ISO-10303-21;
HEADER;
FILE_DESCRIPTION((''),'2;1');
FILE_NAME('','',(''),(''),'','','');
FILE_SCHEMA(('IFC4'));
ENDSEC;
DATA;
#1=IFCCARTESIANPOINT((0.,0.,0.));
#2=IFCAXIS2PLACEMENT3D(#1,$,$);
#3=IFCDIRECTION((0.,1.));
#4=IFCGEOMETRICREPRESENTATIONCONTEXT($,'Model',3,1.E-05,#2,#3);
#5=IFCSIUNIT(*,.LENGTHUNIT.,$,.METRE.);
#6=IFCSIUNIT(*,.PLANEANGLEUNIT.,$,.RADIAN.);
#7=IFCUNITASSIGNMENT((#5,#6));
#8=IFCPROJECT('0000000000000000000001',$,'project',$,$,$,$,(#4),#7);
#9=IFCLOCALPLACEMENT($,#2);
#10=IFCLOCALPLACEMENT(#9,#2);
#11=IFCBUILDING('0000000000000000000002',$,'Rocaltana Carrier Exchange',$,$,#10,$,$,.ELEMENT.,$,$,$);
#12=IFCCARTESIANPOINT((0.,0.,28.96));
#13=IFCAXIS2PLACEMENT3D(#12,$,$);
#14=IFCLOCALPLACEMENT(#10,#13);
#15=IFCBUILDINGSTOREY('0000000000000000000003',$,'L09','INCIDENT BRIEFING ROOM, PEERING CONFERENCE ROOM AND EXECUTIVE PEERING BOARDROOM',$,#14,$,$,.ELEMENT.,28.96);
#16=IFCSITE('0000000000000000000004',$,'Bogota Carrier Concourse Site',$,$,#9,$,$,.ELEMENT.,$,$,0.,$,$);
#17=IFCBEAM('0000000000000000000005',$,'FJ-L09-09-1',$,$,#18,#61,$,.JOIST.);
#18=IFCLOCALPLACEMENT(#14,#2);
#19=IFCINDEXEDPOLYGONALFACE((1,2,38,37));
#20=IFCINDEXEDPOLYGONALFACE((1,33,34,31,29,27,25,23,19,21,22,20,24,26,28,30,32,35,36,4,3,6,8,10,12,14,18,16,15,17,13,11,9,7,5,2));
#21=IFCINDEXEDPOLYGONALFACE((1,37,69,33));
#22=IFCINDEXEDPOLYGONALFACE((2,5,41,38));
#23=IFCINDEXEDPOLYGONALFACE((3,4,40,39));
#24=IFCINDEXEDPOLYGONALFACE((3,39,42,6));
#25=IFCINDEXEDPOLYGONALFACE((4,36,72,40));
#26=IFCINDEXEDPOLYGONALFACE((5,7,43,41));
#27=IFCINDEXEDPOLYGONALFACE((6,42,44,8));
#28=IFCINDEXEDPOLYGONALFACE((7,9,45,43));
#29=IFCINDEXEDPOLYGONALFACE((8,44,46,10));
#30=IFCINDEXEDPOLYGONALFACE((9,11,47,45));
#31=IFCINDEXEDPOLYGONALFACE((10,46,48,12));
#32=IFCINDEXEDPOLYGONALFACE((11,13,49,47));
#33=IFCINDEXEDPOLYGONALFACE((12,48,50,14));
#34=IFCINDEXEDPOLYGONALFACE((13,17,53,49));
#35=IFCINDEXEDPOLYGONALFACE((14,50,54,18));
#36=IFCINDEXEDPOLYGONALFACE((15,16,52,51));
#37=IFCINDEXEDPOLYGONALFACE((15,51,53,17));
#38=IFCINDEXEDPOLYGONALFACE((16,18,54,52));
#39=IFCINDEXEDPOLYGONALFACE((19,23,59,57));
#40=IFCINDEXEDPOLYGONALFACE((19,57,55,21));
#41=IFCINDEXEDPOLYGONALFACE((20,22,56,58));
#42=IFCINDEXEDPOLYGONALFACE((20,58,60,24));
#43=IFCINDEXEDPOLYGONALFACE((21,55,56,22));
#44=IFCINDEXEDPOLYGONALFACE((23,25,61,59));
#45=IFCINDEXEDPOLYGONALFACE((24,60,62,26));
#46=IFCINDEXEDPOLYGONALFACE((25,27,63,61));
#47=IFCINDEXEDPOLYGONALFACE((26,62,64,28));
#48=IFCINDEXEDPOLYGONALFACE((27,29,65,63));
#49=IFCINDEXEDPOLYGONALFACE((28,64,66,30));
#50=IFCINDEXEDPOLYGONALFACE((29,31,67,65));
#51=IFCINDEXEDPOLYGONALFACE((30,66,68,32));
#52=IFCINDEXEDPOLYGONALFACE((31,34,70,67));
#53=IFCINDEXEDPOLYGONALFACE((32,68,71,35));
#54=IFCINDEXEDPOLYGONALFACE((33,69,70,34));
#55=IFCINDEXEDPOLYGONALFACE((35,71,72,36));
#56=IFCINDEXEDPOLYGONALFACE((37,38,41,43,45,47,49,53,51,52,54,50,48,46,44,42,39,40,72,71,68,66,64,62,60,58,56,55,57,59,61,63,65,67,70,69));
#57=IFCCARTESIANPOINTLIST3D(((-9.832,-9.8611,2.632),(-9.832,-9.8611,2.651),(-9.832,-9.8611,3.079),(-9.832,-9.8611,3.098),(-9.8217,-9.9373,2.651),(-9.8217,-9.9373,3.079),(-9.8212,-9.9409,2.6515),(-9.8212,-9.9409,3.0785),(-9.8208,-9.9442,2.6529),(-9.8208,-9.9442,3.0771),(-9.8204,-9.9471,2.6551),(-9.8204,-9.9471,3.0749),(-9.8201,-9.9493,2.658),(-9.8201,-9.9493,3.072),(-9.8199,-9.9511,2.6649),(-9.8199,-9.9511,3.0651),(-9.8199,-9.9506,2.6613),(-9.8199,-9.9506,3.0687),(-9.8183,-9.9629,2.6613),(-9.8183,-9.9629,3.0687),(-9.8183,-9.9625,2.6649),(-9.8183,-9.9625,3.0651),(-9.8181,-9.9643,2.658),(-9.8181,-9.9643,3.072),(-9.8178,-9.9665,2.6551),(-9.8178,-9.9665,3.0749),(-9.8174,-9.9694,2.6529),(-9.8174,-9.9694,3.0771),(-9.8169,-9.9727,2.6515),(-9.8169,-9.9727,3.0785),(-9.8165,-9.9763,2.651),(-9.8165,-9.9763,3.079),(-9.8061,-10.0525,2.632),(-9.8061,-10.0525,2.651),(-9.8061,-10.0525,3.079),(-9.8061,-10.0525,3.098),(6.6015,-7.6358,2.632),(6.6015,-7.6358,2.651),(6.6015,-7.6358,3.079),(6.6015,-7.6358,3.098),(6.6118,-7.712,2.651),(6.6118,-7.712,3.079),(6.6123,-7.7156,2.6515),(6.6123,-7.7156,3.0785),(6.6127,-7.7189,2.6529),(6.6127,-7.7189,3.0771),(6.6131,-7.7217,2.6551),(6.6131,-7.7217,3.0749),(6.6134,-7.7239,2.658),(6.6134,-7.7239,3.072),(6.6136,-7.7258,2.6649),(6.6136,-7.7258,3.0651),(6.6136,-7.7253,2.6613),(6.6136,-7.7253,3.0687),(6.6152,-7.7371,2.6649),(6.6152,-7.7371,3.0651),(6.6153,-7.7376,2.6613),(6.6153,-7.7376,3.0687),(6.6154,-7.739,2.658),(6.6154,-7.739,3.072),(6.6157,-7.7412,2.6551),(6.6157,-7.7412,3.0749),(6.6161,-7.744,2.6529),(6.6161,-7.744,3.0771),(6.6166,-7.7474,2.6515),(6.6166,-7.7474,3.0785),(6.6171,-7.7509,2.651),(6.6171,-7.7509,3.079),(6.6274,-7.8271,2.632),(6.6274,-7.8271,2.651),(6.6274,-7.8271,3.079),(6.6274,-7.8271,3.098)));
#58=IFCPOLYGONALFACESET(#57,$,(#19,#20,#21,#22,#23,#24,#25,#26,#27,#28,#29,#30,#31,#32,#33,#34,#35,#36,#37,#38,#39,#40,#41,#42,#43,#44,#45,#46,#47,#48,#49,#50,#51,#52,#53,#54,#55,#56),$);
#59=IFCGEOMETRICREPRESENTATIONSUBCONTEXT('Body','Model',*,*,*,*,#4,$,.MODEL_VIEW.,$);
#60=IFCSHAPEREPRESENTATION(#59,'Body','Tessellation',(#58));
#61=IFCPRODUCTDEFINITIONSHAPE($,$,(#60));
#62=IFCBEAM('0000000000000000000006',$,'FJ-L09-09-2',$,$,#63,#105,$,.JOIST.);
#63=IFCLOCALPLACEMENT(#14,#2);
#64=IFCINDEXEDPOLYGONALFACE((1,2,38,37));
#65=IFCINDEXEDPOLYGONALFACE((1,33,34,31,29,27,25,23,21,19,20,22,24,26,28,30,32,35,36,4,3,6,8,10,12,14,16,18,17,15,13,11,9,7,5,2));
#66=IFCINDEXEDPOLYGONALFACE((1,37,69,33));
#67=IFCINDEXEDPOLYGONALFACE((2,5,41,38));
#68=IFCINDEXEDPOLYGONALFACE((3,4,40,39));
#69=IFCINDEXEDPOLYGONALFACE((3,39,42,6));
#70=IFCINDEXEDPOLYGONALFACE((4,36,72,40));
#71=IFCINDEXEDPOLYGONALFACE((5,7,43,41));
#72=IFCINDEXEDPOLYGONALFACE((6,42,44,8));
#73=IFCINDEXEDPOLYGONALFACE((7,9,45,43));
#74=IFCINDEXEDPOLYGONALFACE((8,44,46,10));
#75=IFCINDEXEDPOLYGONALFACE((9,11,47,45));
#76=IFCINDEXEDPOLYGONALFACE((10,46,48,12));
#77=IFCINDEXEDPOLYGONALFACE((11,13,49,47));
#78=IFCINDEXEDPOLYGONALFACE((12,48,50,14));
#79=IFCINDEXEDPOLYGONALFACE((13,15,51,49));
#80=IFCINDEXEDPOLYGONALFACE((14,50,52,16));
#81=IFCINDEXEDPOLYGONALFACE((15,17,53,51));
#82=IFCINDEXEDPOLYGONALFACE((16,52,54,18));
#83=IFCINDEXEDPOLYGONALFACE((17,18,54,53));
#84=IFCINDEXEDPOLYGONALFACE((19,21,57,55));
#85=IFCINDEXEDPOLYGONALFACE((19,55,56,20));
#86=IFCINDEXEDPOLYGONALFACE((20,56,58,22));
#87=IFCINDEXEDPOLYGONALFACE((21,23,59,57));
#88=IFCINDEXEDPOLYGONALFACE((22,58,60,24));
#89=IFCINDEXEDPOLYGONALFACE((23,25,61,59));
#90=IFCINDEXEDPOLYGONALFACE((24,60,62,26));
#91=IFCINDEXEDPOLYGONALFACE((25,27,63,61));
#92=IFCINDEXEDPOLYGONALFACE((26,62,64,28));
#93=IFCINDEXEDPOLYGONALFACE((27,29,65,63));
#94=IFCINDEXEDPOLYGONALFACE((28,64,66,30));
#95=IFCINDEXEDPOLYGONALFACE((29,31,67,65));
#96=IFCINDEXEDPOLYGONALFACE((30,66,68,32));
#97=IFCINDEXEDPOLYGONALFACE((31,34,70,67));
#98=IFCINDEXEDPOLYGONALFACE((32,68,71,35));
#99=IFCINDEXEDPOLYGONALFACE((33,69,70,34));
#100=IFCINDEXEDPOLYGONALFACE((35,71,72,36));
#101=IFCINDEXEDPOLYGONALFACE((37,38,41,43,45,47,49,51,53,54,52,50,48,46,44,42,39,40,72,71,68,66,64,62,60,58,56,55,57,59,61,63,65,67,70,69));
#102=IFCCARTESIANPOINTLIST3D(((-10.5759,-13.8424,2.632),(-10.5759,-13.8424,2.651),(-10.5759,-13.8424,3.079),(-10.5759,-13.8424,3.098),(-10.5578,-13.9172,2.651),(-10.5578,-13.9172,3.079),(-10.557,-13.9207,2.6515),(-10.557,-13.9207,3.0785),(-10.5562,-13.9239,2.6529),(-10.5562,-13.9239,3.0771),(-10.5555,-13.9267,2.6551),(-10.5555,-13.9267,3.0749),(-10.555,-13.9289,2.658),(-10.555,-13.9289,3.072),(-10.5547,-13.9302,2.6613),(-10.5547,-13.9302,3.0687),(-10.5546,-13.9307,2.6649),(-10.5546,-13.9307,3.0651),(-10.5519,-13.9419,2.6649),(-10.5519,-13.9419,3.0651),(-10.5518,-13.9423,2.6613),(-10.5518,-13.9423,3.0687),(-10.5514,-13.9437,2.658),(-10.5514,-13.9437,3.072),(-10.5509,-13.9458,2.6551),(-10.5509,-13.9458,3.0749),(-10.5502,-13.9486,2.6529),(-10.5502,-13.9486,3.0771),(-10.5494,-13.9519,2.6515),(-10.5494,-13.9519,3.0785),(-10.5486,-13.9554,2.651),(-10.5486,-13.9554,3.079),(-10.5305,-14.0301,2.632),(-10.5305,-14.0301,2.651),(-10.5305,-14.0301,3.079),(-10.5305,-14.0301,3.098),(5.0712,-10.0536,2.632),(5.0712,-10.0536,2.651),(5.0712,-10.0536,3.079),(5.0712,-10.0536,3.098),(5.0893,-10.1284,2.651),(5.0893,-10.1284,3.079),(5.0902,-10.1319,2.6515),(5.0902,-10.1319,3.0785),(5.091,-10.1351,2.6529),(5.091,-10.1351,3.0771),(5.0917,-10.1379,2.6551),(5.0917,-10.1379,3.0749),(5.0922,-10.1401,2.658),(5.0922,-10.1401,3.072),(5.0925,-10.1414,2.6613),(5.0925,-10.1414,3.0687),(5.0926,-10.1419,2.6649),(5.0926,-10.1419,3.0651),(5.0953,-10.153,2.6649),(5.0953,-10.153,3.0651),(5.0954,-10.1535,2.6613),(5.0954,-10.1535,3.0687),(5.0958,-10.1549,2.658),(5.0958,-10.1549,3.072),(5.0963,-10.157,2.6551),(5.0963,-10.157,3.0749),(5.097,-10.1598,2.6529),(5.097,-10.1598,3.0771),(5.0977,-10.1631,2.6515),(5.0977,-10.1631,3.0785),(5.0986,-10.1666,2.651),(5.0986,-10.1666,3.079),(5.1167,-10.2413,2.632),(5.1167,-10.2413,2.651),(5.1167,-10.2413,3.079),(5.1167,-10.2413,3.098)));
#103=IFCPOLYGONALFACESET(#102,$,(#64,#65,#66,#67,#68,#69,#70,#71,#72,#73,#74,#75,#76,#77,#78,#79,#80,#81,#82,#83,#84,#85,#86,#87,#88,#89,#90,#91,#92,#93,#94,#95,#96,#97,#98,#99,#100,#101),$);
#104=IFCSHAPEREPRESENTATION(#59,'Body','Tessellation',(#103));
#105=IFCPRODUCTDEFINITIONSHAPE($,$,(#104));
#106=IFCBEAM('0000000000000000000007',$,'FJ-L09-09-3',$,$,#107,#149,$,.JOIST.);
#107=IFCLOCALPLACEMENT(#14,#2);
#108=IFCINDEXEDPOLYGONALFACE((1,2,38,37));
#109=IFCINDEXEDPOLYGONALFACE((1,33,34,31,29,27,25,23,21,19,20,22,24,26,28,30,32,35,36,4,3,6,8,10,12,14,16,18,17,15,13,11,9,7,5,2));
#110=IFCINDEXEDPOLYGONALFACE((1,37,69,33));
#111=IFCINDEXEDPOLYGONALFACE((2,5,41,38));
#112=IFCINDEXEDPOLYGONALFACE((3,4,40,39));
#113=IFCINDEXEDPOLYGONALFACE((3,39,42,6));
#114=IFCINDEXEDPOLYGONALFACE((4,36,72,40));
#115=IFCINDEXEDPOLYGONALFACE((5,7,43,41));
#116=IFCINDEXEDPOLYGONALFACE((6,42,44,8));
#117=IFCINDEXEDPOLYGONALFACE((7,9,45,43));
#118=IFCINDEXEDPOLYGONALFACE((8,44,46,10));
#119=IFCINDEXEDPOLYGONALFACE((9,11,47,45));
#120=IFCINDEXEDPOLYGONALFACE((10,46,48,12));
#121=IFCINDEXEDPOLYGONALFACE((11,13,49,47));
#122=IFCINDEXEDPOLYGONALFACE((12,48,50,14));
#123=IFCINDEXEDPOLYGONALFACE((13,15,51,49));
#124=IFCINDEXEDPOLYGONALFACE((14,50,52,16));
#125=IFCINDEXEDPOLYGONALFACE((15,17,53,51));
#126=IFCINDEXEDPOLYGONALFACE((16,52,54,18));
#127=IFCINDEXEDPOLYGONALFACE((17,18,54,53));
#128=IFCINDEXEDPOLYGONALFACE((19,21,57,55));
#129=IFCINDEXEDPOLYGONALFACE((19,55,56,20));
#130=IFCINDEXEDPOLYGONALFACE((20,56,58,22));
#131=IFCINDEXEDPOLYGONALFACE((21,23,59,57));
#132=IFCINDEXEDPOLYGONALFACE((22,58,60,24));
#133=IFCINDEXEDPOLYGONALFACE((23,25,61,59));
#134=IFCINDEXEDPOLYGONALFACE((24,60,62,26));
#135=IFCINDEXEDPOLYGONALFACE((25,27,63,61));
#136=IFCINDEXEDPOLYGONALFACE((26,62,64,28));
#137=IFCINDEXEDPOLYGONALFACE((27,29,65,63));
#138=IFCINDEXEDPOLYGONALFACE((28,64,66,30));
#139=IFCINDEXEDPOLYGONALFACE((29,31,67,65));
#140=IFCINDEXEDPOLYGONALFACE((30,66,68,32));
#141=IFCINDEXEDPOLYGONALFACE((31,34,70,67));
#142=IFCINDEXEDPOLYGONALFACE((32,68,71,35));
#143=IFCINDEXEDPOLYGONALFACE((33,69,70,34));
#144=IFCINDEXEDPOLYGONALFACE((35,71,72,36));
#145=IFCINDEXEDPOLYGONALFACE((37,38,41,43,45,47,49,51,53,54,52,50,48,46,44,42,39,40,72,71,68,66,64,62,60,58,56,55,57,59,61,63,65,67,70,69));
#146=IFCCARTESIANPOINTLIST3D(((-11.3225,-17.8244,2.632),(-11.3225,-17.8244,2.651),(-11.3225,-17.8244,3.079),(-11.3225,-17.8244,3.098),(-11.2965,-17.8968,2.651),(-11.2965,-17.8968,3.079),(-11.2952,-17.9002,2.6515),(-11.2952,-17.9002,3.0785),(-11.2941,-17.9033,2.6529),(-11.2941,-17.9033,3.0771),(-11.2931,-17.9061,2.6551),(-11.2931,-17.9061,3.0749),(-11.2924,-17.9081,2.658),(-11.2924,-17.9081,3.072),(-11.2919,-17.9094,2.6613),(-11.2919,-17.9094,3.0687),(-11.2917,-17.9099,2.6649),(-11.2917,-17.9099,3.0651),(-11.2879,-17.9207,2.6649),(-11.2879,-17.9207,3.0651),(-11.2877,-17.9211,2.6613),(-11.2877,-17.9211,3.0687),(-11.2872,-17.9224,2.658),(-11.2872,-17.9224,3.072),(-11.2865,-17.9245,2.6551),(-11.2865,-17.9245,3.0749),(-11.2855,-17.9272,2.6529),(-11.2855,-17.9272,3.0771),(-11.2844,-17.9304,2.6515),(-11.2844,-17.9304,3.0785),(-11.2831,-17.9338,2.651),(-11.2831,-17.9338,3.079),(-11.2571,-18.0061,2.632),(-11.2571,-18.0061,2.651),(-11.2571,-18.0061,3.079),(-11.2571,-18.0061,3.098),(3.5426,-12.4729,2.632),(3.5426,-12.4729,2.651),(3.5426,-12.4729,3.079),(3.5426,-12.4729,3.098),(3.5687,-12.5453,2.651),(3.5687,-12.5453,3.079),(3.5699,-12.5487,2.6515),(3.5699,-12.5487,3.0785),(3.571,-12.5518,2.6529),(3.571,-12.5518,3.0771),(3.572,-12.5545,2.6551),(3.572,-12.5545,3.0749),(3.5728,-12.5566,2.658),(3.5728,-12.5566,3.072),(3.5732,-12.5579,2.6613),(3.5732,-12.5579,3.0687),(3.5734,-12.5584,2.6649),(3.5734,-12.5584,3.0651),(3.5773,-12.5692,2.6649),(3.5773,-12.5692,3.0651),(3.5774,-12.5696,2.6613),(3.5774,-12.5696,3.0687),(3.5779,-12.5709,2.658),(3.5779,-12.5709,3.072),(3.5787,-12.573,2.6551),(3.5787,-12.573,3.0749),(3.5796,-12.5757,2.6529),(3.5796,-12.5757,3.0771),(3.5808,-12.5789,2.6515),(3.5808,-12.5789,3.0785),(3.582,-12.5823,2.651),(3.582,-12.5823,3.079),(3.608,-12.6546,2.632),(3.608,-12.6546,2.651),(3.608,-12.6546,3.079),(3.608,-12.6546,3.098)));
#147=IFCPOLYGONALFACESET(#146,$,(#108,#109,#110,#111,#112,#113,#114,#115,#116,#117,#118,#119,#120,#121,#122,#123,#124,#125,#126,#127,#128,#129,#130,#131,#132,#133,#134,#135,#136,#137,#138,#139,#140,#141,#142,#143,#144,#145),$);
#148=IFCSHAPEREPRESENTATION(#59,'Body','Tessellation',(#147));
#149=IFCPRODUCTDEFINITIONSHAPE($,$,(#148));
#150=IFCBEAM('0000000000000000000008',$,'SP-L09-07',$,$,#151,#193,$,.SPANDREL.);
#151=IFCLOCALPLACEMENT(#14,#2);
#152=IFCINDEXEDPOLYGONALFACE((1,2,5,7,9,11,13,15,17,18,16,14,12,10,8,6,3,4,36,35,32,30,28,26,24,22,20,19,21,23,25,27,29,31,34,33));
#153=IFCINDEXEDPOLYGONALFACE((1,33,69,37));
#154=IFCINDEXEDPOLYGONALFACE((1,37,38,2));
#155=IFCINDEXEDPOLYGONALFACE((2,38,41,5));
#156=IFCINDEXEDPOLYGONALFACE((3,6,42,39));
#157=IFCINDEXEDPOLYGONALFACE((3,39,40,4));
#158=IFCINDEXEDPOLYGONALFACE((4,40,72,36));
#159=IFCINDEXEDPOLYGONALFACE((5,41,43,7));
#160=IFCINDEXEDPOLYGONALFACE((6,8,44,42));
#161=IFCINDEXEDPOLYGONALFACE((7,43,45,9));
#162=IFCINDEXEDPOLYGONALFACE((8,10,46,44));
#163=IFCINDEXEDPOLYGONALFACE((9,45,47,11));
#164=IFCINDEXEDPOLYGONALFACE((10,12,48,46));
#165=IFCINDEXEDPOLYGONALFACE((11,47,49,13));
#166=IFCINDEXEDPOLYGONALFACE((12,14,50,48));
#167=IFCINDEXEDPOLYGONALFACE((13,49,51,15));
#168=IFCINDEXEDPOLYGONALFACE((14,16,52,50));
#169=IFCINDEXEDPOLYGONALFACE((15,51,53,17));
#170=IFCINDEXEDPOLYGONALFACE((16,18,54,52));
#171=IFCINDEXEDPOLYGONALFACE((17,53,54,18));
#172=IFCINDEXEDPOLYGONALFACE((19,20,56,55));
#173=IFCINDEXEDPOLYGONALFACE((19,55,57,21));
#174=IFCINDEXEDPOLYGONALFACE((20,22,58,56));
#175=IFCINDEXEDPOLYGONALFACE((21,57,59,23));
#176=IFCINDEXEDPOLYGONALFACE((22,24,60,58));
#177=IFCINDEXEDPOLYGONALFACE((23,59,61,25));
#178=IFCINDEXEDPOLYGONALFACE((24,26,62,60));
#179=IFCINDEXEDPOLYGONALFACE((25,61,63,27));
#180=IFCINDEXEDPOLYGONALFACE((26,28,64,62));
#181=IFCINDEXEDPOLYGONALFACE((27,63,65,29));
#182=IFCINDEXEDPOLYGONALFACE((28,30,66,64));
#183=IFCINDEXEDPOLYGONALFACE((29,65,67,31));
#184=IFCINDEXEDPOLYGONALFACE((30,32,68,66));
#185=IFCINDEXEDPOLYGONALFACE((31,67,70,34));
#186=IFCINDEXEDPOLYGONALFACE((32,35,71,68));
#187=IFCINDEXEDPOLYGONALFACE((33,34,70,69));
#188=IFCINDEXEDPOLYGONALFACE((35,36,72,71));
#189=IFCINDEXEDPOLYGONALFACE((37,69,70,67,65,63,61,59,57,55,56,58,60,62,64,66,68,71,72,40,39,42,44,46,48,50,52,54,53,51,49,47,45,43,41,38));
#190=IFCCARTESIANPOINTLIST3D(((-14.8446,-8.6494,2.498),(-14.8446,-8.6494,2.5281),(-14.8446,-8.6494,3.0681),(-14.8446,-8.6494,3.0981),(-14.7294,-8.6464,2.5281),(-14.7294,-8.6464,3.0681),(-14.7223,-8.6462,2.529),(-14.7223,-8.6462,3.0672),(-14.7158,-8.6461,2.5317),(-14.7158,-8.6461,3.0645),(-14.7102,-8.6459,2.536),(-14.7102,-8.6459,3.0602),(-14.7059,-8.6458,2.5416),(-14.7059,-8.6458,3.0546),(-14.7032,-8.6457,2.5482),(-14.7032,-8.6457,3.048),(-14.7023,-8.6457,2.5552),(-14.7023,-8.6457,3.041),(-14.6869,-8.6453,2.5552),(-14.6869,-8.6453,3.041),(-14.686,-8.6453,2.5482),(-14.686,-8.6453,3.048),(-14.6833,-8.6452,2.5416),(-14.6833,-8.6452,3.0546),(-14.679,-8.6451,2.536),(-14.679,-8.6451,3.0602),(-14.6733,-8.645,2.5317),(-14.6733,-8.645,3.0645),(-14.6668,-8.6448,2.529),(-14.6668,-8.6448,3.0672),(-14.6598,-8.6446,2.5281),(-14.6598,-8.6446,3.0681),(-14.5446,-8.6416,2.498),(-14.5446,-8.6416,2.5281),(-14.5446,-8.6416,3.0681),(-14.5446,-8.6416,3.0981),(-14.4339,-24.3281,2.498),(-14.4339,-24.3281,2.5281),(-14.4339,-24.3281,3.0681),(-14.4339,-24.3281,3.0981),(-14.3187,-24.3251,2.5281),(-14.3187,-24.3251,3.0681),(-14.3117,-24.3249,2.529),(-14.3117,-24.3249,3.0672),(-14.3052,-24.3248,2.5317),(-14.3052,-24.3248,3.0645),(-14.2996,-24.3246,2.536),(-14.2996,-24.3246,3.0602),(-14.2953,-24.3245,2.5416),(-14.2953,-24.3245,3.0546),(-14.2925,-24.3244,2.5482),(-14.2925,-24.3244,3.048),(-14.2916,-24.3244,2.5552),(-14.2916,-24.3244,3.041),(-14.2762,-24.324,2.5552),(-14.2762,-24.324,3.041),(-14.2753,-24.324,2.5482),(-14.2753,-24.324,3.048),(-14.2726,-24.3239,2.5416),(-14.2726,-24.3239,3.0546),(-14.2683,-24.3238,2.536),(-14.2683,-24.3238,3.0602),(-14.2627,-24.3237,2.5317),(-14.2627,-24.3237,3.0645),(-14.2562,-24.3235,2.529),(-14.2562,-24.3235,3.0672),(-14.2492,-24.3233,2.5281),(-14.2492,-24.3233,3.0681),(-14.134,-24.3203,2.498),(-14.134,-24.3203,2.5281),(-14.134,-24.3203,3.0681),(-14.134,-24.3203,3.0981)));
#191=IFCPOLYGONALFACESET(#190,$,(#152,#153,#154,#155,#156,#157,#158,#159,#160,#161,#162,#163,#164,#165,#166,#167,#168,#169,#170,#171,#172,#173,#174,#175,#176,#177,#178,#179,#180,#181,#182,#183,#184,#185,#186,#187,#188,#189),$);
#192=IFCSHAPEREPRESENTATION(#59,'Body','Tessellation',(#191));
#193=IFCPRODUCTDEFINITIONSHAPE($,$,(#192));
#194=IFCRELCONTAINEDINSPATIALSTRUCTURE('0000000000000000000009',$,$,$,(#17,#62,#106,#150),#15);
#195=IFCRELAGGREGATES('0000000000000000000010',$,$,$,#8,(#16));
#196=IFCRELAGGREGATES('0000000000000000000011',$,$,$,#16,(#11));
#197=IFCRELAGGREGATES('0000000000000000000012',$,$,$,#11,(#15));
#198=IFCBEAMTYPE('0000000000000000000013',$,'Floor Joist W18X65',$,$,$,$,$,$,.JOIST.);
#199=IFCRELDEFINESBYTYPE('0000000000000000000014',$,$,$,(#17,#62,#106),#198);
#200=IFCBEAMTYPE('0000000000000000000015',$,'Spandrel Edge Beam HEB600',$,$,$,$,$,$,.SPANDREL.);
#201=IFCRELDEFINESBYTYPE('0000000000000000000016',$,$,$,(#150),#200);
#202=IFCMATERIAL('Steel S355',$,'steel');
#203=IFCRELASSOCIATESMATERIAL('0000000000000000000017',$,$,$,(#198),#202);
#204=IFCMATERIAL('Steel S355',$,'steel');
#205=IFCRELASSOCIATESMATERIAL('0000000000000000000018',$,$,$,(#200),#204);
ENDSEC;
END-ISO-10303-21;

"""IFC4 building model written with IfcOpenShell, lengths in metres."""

from ifc_helpers import new_model, si_unit, direction, frame, origin, origin_2d, place, context, subcontext, project, spatial, i_section, extrude, material, material_profile, profile_set, type_object, element, save


model = new_model("IFC4")

# Units and contexts
model_context = context("Model", 3, precision=1e-05, world=origin(), true_north=direction((0.0, 1.0)))
body_context = subcontext(model_context, "Body", "Model", "MODEL_VIEW")
ifc_project = project(units=[si_unit("LENGTHUNIT", "METRE"), si_unit("PLANEANGLEUNIT", "RADIAN")], contexts=[model_context])

# Site, building, storey
site_placement = place(None, origin())
site = spatial("IfcSite", under=ifc_project, at=site_placement, Name="Bogota Carrier Concourse Site", CompositionType="ELEMENT", RefElevation=0.0)
building_placement = place(site_placement, origin())
building = spatial("IfcBuilding", under=site, at=building_placement, Name="Rocaltana Carrier Exchange", CompositionType="ELEMENT")
storey_placement = place(building_placement, frame((0.0, 0.0, 28.96)))
storey = spatial("IfcBuildingStorey", under=building, at=storey_placement, Name="L09", Description="INCIDENT BRIEFING ROOM, PEERING CONFERENCE ROOM AND EXECUTIVE PEERING BOARDROOM", CompositionType="ELEMENT", Elevation=28.96)

# Beams
ifc_material_1 = material(Name="Steel S355", Category="steel")
ifc_material_profile_1 = material_profile(ifc_material_1, i_section(OverallWidth=0.1931, OverallDepth=0.4661, WebThickness=0.0115, FlangeThickness=0.019, FilletRadius=0.0139, at=origin_2d()), Name="W18X65")
ifc_profile_set_1 = profile_set([ifc_material_profile_1], Name="Steel S355")
beam_type_1 = type_object("IfcBeamType", Name="Floor Joist W18X65", PredefinedType="JOIST", material=ifc_profile_set_1)
beam_1_placement = place(storey_placement, frame((-9.8191, -9.9568, 2.865), z_axis=(0.990956, 0.134189, 0.0), x_axis=(-0.134189, 0.990956, 0.0)))
element("IfcBeam", 1, at=beam_1_placement, inside=storey, type_object=beam_type_1, Name="FJ-L09-09-1", PredefinedType="JOIST", context=body_context, shape_type="SweptSolid", body=[
    extrude(i_section(OverallWidth=0.1931, OverallDepth=0.4661, WebThickness=0.0115, FlangeThickness=0.019, FilletRadius=0.0139, at=origin_2d()), origin(), (0.0, 0.0, 1.0), 16.5835),
])
beam_2_placement = place(storey_placement, frame((-10.5532, -13.9363, 2.865), z_axis=(0.971913, 0.235339, 0.0), x_axis=(-0.235339, 0.971913, 0.0)))
element("IfcBeam", 2, at=beam_2_placement, inside=storey, type_object=beam_type_1, Name="FJ-L09-09-2", PredefinedType="JOIST", context=body_context, shape_type="SweptSolid", body=[
    extrude(i_section(OverallWidth=0.1931, OverallDepth=0.4661, WebThickness=0.0115, FlangeThickness=0.019, FilletRadius=0.0139, at=origin_2d()), origin(), (0.0, 0.0, 1.0), 16.0994),
])
beam_3_placement = place(storey_placement, frame((-11.2898, -17.9153, 2.865), z_axis=(0.940886, 0.338724, 0.0), x_axis=(-0.338724, 0.940886, 0.0)))
element("IfcBeam", 3, at=beam_3_placement, inside=storey, type_object=beam_type_1, Name="FJ-L09-09-3", PredefinedType="JOIST", context=body_context, shape_type="SweptSolid", body=[
    extrude(i_section(OverallWidth=0.1931, OverallDepth=0.4661, WebThickness=0.0115, FlangeThickness=0.019, FilletRadius=0.0139, at=origin_2d()), origin(), (0.0, 0.0, 1.0), 15.7991),
])
ifc_material_2 = material(Name="Steel S355", Category="steel")
ifc_material_profile_2 = material_profile(ifc_material_2, i_section(OverallWidth=0.3, OverallDepth=0.6001, WebThickness=0.0154, FlangeThickness=0.03, FilletRadius=0.0271, at=origin_2d()), Name="HEB600")
ifc_profile_set_2 = profile_set([ifc_material_profile_2], Name="Steel S355")
beam_type_2 = type_object("IfcBeamType", Name="Spandrel Edge Beam HEB600", PredefinedType="SPANDREL", material=ifc_profile_set_2)
beam_4_placement = place(storey_placement, frame((-14.6946, -8.6455, 2.7981), z_axis=(0.026182, -0.999657, 0.0), x_axis=(0.999657, 0.026182, 0.0)))
element("IfcBeam", 4, at=beam_4_placement, inside=storey, type_object=beam_type_2, Name="SP-L09-07", PredefinedType="SPANDREL", context=body_context, shape_type="SweptSolid", body=[
    extrude(i_section(OverallWidth=0.3, OverallDepth=0.6001, WebThickness=0.0154, FlangeThickness=0.03, FilletRadius=0.0271, at=origin_2d()), origin(), (0.0, 0.0, 1.0), 15.6841),
])

save(model, "model.ifc")
